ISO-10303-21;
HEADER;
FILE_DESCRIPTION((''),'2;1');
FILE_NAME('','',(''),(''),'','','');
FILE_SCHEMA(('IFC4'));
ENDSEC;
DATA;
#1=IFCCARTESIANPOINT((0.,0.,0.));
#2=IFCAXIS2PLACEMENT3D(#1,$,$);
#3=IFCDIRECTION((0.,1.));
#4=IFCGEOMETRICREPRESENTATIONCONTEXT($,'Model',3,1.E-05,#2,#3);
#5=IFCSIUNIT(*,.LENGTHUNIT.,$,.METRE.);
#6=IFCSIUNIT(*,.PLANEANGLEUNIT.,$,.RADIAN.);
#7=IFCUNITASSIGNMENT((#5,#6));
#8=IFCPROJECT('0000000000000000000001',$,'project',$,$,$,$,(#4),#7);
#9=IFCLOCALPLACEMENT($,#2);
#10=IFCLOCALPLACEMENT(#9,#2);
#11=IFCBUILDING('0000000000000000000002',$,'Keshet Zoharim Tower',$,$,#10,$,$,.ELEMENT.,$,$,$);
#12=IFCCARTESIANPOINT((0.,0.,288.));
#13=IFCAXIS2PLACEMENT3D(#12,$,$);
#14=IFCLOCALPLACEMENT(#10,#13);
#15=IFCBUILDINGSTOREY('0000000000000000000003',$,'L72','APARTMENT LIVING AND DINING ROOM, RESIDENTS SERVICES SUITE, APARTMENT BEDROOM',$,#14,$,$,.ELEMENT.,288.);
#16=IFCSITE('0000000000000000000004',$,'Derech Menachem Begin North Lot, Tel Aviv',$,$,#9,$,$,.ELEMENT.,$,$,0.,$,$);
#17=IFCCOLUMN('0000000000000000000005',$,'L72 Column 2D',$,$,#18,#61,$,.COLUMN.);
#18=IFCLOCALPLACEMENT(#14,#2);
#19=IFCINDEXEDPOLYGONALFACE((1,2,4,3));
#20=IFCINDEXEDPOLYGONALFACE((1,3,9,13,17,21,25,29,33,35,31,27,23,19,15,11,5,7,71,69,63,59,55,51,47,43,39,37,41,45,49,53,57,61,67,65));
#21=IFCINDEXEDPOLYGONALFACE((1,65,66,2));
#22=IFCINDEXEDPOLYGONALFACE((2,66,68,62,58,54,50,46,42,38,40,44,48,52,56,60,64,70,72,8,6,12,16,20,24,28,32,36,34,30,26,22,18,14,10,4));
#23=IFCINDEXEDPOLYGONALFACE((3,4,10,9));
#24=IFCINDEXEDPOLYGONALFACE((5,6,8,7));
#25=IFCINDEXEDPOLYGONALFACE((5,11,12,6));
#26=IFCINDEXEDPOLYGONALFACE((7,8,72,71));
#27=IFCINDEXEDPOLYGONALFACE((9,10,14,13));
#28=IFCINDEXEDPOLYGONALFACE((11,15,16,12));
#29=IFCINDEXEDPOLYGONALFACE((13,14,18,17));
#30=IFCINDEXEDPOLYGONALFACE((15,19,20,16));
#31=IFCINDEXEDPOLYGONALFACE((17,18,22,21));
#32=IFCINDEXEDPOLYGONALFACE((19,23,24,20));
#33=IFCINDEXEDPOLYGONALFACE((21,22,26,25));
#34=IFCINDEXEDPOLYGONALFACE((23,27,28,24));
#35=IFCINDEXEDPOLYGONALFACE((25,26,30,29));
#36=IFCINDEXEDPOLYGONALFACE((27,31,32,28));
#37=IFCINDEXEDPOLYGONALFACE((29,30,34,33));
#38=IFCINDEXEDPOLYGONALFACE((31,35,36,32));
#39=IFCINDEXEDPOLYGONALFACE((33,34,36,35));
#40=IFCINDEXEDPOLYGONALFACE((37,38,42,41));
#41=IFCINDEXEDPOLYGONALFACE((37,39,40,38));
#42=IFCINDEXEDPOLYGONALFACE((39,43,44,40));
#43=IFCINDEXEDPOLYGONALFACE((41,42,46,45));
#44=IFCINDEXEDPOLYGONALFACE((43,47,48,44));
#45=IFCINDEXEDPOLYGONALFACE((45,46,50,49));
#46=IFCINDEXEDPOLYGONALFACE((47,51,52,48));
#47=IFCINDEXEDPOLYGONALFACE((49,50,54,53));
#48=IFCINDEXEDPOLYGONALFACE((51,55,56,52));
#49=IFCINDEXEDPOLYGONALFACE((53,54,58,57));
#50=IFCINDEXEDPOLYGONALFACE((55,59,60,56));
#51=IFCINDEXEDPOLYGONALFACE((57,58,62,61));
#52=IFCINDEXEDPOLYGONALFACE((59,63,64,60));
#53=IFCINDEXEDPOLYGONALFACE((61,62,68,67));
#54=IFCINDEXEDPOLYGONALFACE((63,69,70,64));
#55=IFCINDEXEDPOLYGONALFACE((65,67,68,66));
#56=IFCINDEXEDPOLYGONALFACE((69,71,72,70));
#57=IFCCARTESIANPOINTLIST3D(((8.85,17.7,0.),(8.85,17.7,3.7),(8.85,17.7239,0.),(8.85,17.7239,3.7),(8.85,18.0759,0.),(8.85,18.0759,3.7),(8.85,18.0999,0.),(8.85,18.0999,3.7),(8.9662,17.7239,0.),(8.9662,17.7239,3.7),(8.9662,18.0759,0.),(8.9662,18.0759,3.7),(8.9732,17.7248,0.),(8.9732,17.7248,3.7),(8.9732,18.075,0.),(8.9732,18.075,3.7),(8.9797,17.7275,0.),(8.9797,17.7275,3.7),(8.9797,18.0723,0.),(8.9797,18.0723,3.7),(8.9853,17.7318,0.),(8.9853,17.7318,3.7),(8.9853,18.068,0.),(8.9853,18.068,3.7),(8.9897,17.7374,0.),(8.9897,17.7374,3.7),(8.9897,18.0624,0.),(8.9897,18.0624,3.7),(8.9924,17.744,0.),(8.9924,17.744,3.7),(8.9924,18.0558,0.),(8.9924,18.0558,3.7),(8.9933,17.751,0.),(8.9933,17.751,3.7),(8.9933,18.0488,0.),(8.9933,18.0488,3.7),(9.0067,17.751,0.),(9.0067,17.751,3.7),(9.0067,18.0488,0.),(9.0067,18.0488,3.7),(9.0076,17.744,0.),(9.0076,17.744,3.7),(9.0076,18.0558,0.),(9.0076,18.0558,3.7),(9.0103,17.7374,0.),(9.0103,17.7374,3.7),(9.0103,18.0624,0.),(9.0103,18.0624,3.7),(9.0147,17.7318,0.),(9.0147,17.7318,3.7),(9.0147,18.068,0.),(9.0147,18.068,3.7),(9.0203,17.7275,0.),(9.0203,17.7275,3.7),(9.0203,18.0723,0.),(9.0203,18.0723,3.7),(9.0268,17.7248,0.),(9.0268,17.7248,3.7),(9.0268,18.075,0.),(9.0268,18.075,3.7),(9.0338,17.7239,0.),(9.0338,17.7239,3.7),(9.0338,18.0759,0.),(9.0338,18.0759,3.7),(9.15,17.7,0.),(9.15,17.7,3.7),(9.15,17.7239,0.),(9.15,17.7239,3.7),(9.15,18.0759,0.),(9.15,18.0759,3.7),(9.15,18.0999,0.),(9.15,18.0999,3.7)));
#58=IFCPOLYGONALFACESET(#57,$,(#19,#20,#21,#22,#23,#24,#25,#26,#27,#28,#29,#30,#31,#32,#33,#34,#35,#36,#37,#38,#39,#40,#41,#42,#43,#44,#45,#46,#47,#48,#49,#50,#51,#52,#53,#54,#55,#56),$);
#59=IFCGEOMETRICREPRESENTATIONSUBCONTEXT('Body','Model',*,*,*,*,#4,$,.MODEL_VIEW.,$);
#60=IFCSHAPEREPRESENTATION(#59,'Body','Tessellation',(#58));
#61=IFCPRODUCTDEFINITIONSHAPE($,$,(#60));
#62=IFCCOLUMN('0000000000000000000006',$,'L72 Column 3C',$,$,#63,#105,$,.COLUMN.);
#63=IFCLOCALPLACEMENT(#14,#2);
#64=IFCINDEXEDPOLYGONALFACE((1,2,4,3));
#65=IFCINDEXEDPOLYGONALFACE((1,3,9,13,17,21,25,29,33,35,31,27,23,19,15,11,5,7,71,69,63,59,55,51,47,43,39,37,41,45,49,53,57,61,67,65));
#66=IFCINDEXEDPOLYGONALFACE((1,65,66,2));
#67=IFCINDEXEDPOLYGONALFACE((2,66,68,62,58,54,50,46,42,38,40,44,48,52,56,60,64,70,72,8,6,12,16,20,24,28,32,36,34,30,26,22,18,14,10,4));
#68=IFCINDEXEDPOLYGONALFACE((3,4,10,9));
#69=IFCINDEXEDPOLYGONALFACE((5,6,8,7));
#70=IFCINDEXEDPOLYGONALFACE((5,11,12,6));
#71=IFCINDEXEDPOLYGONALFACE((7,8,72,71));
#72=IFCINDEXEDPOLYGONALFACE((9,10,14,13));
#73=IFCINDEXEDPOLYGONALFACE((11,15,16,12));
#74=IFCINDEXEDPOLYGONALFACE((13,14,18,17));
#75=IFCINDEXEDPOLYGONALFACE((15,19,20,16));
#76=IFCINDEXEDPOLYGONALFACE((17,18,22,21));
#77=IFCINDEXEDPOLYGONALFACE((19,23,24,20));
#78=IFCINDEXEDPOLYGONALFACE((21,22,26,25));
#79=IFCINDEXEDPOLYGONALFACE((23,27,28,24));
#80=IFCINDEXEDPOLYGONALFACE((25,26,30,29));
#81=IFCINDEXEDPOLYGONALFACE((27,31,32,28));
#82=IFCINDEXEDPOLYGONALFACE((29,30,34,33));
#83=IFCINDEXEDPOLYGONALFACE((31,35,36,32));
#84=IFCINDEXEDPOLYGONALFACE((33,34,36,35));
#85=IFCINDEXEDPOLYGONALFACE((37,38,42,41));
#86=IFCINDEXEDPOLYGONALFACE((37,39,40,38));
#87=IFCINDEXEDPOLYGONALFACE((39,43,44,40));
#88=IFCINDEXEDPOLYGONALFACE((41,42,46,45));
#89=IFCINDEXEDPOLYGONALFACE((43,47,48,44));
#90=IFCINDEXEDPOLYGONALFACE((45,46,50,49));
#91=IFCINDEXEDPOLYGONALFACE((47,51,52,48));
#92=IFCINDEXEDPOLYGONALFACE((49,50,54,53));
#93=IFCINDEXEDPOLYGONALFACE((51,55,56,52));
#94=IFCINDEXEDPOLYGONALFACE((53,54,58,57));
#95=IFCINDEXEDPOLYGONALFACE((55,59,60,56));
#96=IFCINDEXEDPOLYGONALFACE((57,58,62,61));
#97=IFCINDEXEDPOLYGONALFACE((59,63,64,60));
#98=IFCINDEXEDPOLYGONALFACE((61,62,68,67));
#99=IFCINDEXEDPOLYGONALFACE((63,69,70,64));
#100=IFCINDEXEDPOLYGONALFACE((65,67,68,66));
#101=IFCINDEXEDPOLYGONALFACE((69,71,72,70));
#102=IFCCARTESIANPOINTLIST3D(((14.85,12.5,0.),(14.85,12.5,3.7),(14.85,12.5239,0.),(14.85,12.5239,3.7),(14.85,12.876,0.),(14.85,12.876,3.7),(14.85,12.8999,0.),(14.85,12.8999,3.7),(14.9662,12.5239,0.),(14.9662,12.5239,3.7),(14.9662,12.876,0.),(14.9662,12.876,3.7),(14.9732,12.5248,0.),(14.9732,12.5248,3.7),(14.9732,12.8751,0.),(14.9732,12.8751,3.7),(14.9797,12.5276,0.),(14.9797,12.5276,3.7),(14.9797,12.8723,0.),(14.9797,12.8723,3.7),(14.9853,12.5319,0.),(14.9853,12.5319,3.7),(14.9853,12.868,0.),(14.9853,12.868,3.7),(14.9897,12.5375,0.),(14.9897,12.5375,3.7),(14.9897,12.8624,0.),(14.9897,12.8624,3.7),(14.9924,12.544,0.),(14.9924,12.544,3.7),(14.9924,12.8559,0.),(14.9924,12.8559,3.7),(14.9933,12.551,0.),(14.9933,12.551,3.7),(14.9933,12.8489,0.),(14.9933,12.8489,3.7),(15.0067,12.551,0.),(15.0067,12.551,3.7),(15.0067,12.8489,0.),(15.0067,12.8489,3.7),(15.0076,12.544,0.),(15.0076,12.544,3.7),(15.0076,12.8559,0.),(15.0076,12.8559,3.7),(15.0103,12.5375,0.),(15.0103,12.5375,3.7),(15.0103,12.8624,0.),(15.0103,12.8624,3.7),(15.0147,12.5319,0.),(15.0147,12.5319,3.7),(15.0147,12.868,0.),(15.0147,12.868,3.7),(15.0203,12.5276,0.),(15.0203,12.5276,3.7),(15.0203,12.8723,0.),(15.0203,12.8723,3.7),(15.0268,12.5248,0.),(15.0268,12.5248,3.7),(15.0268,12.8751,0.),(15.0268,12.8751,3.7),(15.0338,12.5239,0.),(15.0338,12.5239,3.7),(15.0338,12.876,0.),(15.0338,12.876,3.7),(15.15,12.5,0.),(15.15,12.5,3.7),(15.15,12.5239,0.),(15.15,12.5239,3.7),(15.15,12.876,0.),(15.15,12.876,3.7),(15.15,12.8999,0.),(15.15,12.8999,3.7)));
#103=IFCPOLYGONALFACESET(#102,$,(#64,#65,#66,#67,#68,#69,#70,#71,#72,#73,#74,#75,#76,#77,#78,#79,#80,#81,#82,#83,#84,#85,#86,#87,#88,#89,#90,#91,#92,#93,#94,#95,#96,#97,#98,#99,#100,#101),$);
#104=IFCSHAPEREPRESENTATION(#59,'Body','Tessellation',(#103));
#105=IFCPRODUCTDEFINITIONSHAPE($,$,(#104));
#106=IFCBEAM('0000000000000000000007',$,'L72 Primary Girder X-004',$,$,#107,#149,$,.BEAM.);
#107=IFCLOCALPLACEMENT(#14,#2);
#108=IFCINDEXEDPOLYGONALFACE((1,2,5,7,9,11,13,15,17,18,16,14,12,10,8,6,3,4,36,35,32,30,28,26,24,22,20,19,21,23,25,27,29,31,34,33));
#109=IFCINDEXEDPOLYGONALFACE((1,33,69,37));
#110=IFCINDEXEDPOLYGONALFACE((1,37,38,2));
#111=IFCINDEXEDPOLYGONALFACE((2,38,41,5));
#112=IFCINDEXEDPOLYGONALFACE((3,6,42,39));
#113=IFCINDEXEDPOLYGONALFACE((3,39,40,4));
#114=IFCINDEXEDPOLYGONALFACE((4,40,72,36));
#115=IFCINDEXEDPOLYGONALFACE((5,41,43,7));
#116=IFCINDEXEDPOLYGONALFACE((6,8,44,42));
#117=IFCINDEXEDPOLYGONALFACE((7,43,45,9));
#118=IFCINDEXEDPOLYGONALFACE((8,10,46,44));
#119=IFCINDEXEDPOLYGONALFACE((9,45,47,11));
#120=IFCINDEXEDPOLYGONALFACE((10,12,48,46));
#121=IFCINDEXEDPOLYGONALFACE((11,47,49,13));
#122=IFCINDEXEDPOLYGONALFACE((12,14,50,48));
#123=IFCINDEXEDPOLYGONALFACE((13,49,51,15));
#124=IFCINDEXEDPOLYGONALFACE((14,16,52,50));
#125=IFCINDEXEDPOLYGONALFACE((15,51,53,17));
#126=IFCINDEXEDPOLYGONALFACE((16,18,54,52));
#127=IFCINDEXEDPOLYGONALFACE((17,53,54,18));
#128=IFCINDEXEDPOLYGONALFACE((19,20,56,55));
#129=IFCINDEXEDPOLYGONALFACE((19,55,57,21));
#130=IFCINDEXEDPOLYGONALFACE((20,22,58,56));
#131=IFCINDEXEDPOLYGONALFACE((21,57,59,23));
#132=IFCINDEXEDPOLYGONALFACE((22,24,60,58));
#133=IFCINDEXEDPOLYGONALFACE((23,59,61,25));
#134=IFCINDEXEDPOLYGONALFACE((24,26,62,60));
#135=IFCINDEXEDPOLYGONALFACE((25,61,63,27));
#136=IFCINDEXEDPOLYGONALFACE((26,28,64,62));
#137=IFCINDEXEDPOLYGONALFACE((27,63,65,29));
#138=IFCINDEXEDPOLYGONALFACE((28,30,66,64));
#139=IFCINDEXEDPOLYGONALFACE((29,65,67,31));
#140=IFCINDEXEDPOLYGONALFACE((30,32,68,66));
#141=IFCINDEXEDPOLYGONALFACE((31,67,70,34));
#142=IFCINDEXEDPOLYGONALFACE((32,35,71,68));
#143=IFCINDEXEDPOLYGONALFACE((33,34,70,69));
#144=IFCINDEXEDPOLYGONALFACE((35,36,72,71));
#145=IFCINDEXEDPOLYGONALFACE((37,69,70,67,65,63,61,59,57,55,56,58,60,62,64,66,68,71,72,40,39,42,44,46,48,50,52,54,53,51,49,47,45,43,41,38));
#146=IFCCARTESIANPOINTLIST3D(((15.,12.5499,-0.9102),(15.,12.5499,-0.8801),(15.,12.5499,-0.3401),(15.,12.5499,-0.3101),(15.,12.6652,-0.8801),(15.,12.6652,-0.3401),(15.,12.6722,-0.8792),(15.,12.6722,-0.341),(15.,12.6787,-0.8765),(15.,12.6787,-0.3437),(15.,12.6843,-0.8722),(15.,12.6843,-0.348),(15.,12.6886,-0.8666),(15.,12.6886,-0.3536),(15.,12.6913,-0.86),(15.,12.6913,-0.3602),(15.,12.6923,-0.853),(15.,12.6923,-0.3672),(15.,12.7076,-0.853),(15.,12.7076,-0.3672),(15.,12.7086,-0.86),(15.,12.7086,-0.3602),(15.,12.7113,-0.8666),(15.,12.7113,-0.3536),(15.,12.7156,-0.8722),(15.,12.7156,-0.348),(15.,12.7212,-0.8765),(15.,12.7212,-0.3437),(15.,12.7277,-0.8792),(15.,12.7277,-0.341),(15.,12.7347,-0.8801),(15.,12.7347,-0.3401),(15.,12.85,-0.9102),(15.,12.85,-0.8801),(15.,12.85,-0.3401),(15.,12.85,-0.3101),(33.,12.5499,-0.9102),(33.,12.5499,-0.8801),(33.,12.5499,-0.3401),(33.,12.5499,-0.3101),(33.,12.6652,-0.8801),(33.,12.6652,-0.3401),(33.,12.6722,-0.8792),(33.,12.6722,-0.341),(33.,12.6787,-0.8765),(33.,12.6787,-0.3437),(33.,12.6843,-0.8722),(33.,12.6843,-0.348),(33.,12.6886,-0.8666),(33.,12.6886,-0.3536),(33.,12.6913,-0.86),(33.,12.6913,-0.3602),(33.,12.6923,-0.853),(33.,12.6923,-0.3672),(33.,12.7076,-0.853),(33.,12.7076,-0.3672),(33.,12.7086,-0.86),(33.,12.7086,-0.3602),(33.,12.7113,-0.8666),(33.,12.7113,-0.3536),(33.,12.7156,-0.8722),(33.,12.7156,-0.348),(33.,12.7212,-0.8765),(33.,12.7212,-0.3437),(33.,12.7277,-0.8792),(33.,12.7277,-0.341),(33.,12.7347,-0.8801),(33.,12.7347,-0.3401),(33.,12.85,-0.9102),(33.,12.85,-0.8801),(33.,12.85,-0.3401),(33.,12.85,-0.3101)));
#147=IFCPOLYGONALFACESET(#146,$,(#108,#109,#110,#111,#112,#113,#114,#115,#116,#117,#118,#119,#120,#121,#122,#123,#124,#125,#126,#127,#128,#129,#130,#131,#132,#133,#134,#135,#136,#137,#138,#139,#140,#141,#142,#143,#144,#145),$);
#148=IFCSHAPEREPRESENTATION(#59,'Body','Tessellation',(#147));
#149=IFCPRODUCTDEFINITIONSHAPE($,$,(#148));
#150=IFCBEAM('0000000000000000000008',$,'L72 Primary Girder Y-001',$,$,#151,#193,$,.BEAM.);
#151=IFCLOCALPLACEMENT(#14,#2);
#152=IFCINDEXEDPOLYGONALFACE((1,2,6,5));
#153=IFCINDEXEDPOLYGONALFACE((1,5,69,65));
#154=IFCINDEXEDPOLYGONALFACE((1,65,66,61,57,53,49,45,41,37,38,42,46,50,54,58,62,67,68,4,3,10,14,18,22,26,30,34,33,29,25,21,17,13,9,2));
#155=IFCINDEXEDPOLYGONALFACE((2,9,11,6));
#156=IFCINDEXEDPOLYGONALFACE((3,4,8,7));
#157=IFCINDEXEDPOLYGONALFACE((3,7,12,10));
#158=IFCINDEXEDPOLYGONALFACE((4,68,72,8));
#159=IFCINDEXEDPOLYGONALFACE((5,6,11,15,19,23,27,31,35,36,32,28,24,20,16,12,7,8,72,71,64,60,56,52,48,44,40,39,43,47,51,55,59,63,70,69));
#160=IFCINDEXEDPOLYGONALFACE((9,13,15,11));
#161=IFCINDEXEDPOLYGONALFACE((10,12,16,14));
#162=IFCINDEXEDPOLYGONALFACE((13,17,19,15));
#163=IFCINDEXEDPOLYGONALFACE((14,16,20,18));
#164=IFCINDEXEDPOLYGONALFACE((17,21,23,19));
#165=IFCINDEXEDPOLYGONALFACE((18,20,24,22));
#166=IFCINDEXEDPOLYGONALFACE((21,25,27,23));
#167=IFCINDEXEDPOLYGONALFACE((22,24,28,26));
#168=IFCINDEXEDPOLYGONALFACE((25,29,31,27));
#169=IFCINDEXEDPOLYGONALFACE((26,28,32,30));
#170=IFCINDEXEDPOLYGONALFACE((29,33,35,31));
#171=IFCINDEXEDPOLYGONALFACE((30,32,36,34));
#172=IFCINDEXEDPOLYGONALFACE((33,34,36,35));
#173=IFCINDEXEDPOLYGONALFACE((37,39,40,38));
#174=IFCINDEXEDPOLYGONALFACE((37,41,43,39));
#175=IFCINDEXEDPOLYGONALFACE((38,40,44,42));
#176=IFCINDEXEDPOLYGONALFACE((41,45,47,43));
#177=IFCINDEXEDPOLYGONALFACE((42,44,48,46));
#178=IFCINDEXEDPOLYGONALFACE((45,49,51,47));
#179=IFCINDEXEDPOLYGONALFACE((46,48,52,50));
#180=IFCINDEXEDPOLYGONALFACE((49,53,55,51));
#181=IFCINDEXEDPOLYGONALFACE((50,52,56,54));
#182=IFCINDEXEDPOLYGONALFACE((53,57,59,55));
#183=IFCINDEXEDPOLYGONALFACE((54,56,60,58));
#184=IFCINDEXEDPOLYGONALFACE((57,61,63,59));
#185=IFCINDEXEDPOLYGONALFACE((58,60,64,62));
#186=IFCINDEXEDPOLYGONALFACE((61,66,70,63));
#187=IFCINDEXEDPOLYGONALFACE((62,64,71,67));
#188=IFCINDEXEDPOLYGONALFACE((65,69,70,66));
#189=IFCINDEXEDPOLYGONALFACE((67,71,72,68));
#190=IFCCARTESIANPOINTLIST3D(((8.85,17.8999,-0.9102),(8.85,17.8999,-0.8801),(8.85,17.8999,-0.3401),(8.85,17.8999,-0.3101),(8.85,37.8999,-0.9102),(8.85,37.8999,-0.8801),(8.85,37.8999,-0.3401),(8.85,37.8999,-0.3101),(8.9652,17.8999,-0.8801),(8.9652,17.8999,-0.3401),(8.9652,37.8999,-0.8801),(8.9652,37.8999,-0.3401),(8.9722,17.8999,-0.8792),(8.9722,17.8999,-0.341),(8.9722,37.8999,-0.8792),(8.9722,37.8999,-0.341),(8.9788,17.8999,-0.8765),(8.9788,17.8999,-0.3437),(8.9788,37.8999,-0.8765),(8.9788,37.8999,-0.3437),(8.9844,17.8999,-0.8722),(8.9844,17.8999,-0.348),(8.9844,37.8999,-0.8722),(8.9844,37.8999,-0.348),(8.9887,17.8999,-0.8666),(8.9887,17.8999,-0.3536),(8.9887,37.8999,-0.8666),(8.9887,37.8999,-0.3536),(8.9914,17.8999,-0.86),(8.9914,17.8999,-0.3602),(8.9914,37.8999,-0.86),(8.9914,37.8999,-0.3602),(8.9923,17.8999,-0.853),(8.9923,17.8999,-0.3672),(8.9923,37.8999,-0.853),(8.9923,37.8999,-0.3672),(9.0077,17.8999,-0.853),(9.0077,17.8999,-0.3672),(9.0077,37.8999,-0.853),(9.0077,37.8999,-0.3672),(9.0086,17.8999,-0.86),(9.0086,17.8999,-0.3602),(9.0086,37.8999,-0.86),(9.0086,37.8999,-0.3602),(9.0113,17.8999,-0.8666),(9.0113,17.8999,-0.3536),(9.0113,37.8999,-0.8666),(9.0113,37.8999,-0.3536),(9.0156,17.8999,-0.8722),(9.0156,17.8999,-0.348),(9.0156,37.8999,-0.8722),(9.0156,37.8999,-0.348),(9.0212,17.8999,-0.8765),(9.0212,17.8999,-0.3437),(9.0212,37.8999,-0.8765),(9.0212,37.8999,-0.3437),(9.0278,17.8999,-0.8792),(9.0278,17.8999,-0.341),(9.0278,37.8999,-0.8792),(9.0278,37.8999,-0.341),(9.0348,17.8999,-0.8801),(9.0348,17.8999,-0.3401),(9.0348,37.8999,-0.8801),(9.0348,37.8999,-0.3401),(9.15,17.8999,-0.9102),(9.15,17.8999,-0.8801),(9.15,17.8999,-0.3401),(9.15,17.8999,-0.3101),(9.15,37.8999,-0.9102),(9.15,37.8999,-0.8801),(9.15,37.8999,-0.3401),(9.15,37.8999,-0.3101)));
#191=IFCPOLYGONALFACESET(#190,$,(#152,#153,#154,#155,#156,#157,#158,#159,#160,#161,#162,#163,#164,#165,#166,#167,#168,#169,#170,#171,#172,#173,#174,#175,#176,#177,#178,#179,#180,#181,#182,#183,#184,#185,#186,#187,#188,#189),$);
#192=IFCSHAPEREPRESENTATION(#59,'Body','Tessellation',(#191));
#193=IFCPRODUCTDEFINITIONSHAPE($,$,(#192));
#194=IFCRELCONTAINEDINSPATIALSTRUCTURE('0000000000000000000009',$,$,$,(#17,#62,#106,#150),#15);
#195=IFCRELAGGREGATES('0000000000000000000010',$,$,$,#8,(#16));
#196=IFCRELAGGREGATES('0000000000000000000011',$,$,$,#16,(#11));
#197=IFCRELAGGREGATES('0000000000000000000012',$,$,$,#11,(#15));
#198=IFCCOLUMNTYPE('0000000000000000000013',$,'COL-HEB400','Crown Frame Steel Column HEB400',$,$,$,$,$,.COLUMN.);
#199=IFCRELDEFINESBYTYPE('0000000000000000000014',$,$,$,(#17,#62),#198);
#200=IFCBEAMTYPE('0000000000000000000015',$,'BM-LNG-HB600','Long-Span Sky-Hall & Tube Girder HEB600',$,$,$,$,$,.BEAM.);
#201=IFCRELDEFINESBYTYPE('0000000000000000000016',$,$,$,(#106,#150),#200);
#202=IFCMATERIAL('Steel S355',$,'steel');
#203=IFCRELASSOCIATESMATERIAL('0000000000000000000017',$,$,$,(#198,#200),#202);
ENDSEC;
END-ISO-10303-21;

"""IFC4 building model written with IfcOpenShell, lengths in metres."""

from ifc_helpers import new_model, si_unit, direction, frame, origin, origin_2d, place, context, subcontext, project, spatial, i_section, extrude, material, material_profile, profile_set, type_object, element, save


model = new_model("IFC4")

# Units and contexts
model_context = context("Model", 3, precision=1e-05, world=origin(), true_north=direction((0.0, 1.0)))
body_context = subcontext(model_context, "Body", "Model", "MODEL_VIEW")
ifc_project = project(units=[si_unit("LENGTHUNIT", "METRE"), si_unit("PLANEANGLEUNIT", "RADIAN")], contexts=[model_context])

# Site, building, storey
site_placement = place(None, origin())
site = spatial("IfcSite", under=ifc_project, at=site_placement, Name="Derech Menachem Begin North Lot, Tel Aviv", CompositionType="ELEMENT", RefElevation=0.0)
building_placement = place(site_placement, origin())
building = spatial("IfcBuilding", under=site, at=building_placement, Name="Keshet Zoharim Tower", CompositionType="ELEMENT")
storey_placement = place(building_placement, frame((0.0, 0.0, 288.0)))
storey = spatial("IfcBuildingStorey", under=building, at=storey_placement, Name="L72", Description="APARTMENT LIVING AND DINING ROOM, RESIDENTS SERVICES SUITE, APARTMENT BEDROOM", CompositionType="ELEMENT", Elevation=288.0)

# Columns
ifc_material_1 = material(Name="Steel S355", Category="steel")
ifc_material_profile_1 = material_profile(ifc_material_1, i_section(OverallWidth=0.3, OverallDepth=0.3999, WebThickness=0.0134, FlangeThickness=0.0239, FilletRadius=0.0271, at=origin_2d()), Name="HEB400")
ifc_profile_set_1 = profile_set([ifc_material_profile_1], Name="Steel S355")
column_type = type_object("IfcColumnType", Name="COL-HEB400", Description="Crown Frame Steel Column HEB400", PredefinedType="COLUMN", material=ifc_profile_set_1)
for number, where, z_axis, x_axis, name in (
    (1, (9.0, 17.8999, 0.0), (0.0, 0.0, 1.0), (1.0, 0.0, 0.0), "L72 Column 2D"),
    (2, (15.0, 12.7, 0.0), (0.0, 0.0, 1.0), (1.0, 0.0, 0.0), "L72 Column 3C"),
):
    element("IfcColumn", number, at=place(storey_placement, frame(where, z_axis=z_axis, x_axis=x_axis)), inside=storey, type_object=column_type, Name=name, PredefinedType="COLUMN", context=body_context, shape_type="SweptSolid", body=[
        extrude(i_section(OverallWidth=0.3, OverallDepth=0.3999, WebThickness=0.0134, FlangeThickness=0.0239, FilletRadius=0.0271, at=origin_2d()), origin(), (0.0, 0.0, 1.0), 3.7),
    ])

# Beams
ifc_material_profile_2 = material_profile(ifc_material_1, i_section(OverallWidth=0.3, OverallDepth=0.6001, WebThickness=0.0154, FlangeThickness=0.03, FilletRadius=0.0271, at=origin_2d()), Name="HEB600")
ifc_profile_set_2 = profile_set([ifc_material_profile_2], Name="Steel S355")
beam_type_1 = type_object("IfcBeamType", Name="BM-LNG-HB600", Description="Long-Span Sky-Hall & Tube Girder HEB600", PredefinedType="BEAM", material=ifc_profile_set_2)
beam_1_placement = place(storey_placement, frame((15.0, 12.7, -0.6101), z_axis=(1.0, 0.0, 0.0), x_axis=(0.0, 1.0, 0.0)))
element("IfcBeam", 3, at=beam_1_placement, inside=storey, type_object=beam_type_1, Name="L72 Primary Girder X-004", PredefinedType="BEAM", context=body_context, shape_type="SweptSolid", body=[
    extrude(i_section(OverallWidth=0.3, OverallDepth=0.6001, WebThickness=0.0154, FlangeThickness=0.03, FilletRadius=0.0271, at=origin_2d()), origin(), (0.0, 0.0, 1.0), 18.0),
])
beam_2_placement = place(storey_placement, frame((9.0, 17.8999, -0.6101), z_axis=(0.0, 1.0, 0.0), x_axis=(-1.0, 0.0, 0.0)))
element("IfcBeam", 4, at=beam_2_placement, inside=storey, type_object=beam_type_1, Name="L72 Primary Girder Y-001", PredefinedType="BEAM", context=body_context, shape_type="SweptSolid", body=[
    extrude(i_section(OverallWidth=0.3, OverallDepth=0.6001, WebThickness=0.0154, FlangeThickness=0.03, FilletRadius=0.0271, at=origin_2d()), origin(), (0.0, 0.0, 1.0), 20.0),
])

save(model, "model.ifc")
